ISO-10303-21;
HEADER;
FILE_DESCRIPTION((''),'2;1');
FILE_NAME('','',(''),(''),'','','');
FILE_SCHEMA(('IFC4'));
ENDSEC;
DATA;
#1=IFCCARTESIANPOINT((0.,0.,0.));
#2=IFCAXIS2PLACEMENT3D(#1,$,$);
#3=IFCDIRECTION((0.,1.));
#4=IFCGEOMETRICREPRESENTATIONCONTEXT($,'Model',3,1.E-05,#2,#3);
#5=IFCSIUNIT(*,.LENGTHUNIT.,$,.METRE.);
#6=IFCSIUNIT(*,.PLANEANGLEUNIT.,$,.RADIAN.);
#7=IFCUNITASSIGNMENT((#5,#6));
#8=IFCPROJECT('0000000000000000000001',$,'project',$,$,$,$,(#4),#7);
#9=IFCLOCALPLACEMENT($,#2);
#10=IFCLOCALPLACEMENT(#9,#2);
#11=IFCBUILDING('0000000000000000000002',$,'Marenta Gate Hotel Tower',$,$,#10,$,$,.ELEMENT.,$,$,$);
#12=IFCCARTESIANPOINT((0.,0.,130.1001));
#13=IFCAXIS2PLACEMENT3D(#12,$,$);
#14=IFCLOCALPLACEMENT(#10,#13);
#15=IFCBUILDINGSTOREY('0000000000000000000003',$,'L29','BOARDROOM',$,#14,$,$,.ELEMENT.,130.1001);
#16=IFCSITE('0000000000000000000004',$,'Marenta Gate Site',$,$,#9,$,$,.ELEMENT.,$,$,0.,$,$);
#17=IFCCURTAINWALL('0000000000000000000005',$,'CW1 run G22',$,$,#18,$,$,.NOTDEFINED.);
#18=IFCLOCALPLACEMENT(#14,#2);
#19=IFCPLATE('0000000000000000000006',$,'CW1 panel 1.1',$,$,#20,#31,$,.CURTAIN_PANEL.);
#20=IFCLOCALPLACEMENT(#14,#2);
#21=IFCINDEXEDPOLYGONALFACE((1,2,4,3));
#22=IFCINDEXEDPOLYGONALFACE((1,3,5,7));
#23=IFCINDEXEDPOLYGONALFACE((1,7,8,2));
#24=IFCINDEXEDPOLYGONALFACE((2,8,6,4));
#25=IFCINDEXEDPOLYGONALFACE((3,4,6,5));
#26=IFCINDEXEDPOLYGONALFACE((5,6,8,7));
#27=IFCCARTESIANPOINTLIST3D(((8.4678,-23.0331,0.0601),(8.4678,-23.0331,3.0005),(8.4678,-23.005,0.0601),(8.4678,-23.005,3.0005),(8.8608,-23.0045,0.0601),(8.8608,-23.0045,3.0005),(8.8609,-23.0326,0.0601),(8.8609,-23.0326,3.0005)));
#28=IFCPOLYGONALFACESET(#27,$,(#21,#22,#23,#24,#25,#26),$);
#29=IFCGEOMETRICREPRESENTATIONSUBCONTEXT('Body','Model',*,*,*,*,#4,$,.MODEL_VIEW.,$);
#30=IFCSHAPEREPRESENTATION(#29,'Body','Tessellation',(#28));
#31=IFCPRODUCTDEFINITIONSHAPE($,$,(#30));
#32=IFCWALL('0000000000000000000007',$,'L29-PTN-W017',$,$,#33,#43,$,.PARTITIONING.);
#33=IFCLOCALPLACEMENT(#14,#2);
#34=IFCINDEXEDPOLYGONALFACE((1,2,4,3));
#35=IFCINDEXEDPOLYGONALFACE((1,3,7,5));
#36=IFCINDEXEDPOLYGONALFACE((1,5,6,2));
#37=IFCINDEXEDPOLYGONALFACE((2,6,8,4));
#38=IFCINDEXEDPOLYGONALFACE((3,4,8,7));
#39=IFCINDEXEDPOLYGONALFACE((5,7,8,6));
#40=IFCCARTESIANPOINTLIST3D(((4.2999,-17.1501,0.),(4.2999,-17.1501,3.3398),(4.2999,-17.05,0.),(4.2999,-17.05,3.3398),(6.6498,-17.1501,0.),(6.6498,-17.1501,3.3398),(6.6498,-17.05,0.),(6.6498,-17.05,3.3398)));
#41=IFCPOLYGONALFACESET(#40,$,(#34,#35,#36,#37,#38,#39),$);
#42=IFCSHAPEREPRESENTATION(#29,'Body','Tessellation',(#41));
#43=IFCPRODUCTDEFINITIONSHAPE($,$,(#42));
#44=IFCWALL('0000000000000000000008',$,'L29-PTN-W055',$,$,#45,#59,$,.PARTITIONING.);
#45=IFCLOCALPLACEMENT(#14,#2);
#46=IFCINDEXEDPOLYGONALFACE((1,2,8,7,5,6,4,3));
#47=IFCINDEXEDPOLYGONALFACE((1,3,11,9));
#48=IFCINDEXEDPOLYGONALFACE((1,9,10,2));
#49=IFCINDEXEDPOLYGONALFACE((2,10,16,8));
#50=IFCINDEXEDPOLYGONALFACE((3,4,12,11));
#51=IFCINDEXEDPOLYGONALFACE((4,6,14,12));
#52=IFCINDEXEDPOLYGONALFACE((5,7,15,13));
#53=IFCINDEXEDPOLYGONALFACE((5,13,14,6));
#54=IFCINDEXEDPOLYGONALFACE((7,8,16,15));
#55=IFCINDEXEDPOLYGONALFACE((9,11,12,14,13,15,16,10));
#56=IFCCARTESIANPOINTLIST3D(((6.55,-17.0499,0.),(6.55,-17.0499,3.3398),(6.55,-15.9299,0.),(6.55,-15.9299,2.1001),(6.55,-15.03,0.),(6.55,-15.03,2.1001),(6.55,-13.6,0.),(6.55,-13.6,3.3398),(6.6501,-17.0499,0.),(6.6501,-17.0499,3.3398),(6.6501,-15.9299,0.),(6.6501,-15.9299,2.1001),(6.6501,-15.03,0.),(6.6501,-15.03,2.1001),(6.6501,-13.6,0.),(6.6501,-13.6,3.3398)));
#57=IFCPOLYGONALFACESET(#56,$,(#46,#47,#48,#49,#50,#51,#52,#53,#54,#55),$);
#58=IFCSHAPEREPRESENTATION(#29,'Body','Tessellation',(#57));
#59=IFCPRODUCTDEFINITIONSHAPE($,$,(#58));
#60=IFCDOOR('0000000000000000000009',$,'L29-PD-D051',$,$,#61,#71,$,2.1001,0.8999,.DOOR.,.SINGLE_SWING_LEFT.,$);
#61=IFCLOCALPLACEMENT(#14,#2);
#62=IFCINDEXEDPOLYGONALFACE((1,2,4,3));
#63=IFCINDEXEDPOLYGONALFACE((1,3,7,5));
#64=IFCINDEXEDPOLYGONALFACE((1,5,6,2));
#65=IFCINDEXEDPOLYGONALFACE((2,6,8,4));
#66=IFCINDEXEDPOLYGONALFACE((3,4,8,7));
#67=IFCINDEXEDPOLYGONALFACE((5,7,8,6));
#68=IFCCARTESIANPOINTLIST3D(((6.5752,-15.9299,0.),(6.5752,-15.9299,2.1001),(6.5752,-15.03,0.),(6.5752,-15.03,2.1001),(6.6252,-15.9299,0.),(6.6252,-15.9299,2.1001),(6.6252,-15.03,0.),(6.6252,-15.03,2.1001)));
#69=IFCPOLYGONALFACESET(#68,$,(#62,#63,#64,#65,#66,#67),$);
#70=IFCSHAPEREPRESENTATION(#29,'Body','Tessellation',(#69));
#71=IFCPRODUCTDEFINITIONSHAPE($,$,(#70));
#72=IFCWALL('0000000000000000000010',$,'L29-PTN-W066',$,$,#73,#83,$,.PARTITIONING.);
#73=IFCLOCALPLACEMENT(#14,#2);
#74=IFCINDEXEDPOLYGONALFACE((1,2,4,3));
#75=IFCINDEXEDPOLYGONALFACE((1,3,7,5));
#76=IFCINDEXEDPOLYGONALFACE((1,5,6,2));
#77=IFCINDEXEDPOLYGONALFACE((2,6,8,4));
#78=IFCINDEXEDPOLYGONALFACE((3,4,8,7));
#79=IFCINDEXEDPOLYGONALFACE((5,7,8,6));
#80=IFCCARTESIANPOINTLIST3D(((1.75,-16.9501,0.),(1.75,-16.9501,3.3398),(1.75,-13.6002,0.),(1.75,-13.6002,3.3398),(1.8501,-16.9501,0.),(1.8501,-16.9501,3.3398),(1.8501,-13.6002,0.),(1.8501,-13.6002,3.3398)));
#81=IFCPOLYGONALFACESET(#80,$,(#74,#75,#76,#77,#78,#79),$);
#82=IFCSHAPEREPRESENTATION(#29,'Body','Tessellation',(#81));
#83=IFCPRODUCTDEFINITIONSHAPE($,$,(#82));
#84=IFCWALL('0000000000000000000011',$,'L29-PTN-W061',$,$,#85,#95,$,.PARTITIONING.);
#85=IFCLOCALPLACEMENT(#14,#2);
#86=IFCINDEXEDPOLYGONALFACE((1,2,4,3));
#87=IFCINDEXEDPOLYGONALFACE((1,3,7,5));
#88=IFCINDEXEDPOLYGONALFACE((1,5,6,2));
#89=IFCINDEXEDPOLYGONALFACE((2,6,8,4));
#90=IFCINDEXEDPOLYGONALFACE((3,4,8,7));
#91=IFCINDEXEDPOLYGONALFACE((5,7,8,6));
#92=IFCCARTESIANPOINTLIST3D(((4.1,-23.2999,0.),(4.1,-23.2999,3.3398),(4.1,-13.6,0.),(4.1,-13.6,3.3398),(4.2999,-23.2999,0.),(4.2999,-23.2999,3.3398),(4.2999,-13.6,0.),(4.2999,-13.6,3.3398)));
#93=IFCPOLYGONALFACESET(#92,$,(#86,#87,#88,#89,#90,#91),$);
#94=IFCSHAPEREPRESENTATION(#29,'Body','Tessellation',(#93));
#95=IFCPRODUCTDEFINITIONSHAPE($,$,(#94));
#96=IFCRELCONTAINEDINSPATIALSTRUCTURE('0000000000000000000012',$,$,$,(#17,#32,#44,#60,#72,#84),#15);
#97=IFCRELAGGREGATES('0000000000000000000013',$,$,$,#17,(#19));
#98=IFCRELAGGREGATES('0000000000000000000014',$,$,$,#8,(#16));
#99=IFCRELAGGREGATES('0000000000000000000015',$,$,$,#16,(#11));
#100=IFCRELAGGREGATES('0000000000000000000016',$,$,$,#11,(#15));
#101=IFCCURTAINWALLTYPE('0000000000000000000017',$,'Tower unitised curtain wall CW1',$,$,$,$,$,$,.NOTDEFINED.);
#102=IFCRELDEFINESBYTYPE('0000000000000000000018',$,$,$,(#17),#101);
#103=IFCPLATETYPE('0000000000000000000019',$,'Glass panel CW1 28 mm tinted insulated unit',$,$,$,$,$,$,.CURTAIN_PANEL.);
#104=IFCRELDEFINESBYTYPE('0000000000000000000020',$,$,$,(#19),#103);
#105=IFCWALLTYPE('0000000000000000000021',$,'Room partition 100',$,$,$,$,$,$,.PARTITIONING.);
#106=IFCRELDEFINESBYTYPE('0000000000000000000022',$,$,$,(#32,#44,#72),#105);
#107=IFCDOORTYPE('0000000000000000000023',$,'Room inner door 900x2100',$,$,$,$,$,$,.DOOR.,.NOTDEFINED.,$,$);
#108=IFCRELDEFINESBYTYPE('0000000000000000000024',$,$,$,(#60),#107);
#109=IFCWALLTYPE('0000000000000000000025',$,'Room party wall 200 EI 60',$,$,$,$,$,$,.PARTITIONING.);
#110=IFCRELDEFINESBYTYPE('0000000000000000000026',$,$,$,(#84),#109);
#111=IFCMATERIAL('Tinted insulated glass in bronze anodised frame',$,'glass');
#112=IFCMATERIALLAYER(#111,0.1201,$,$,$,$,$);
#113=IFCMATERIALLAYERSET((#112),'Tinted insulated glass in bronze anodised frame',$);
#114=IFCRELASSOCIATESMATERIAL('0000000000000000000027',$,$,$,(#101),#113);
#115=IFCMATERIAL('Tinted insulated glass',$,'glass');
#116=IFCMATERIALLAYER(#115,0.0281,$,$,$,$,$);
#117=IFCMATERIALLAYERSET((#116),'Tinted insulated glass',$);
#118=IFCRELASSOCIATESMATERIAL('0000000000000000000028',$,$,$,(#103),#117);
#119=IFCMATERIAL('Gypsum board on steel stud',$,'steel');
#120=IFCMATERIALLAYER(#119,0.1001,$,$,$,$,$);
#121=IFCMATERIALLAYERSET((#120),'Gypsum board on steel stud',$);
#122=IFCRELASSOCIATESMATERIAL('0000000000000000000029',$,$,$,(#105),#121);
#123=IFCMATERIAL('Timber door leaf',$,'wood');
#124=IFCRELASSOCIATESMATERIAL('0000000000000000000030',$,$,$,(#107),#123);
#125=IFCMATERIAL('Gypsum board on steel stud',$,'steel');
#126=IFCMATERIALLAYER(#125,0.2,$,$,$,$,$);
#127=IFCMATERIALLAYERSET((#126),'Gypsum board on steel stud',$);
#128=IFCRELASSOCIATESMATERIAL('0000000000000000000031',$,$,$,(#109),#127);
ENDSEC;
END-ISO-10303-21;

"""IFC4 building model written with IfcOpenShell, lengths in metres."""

from ifc_helpers import new_model, si_unit, direction, frame, frame_2d, origin, origin_2d, place, context, subcontext, project, spatial, rectangle, extrude, material, layer, layer_set, type_object, element, fill, aggregate, save


model = new_model("IFC4")

# Units and contexts
model_context = context("Model", 3, precision=1e-05, world=origin(), true_north=direction((0.0, 1.0)))
body_context = subcontext(model_context, "Body", "Model", "MODEL_VIEW")
ifc_project = project(units=[si_unit("LENGTHUNIT", "METRE"), si_unit("PLANEANGLEUNIT", "RADIAN")], contexts=[model_context])

# Site, building, storey
site_placement = place(None, origin())
site = spatial("IfcSite", under=ifc_project, at=site_placement, Name="Marenta Gate Site", CompositionType="ELEMENT", RefElevation=0.0)
building_placement = place(site_placement, origin())
building = spatial("IfcBuilding", under=site, at=building_placement, Name="Marenta Gate Hotel Tower", CompositionType="ELEMENT")
storey_placement = place(building_placement, frame((0.0, 0.0, 130.1001)))
storey = spatial("IfcBuildingStorey", under=building, at=storey_placement, Name="L29", Description="BOARDROOM", CompositionType="ELEMENT", Elevation=130.1001)

# Curtain wall
ifc_material_1 = material(Name="Tinted insulated glass in bronze anodised frame", Category="glass")
ifc_layer_1 = layer(ifc_material_1, 0.1201)
ifc_layer_set_1 = layer_set([ifc_layer_1], Name="Tinted insulated glass in bronze anodised frame")
curtain_wall_type = type_object("IfcCurtainWallType", Name="Tower unitised curtain wall CW1", PredefinedType="NOTDEFINED", material=ifc_layer_set_1)
curtain_wall_1_placement = place(storey_placement, origin())
curtain_wall_1 = element("IfcCurtainWall", 1, at=curtain_wall_1_placement, inside=storey, type_object=curtain_wall_type, Name="CW1 run G22", PredefinedType="NOTDEFINED")

# Plate
ifc_material_2 = material(Name="Tinted insulated glass", Category="glass")
ifc_layer_2 = layer(ifc_material_2, 0.0281)
ifc_layer_set_2 = layer_set([ifc_layer_2], Name="Tinted insulated glass")
plate_type = type_object("IfcPlateType", Name="Glass panel CW1 28 mm tinted insulated unit", PredefinedType="CURTAIN_PANEL", material=ifc_layer_set_2)
plate_1_placement = place(storey_placement, frame((8.6643, -23.0188, 0.0601), z_axis=(0.0, 0.0, 1.0), x_axis=(0.999999, 0.001325, 0.0)))
plate_1 = element("IfcPlate", 2, at=plate_1_placement, type_object=plate_type, Name="CW1 panel 1.1", PredefinedType="CURTAIN_PANEL", context=body_context, shape_type="SweptSolid", body=[
    extrude(rectangle(XDim=0.3931, YDim=0.0281, at=origin_2d()), origin(), (0.0, 0.0, 1.0), 2.9404),
])
aggregate(curtain_wall_1, [plate_1])

# Wall
ifc_material_3 = material(Name="Gypsum board on steel stud", Category="steel")
ifc_layer_3 = layer(ifc_material_3, 0.1001)
ifc_layer_set_3 = layer_set([ifc_layer_3], Name="Gypsum board on steel stud")
wall_type_1 = type_object("IfcWallType", Name="Room partition 100", PredefinedType="PARTITIONING", material=ifc_layer_set_3)
wall_1_placement = place(storey_placement, frame((4.3, -17.1001, 0.0), z_axis=(0.0, 0.0, 1.0), x_axis=(1.0, 0.0, 0.0)))
element("IfcWall", 3, at=wall_1_placement, inside=storey, type_object=wall_type_1, Name="L29-PTN-W017", PredefinedType="PARTITIONING", context=body_context, shape_type="SweptSolid", body=[
    extrude(rectangle(XDim=2.3499, YDim=0.1001, at=frame_2d((1.1748, 0.0))), origin(), (0.0, 0.0, 1.0), 3.3398),
])

# Wall, opening, door
wall_2_placement = place(storey_placement, frame((6.6001, -17.05, 0.0), z_axis=(0.0, 0.0, 1.0), x_axis=(0.0, 1.0, 0.0)))
wall_2 = element("IfcWall", 4, at=wall_2_placement, inside=storey, type_object=wall_type_1, Name="L29-PTN-W055", PredefinedType="PARTITIONING", context=body_context, shape_type="SweptSolid", body=[
    extrude(rectangle(XDim=3.45, YDim=0.1001, at=frame_2d((1.7251, 0.0))), origin(), (0.0, 0.0, 1.0), 3.3398),
])
opening_placement = place(wall_2_placement, frame((1.1201, 0.0, 0.0)))
opening = element("IfcOpeningElement", 5, at=opening_placement, cuts=wall_2, PredefinedType="OPENING", context=body_context, shape_type="SweptSolid", body=[
    extrude(rectangle(XDim=0.8999, YDim=2.1001, at=frame_2d((0.45, 1.05))), frame((0.0, 0.05, 0.0), z_axis=(0.0, -1.0, 0.0), x_axis=(1.0, 0.0, 0.0)), (0.0, 0.0, 1.0), 0.1001),
])
ifc_material_4 = material(Name="Timber door leaf", Category="wood")
door_type = type_object("IfcDoorType", Name="Room inner door 900x2100", OperationType="NOTDEFINED", PredefinedType="DOOR", material=ifc_material_4)
door_placement = place(opening_placement, origin())
door = element("IfcDoor", 6, at=door_placement, inside=storey, type_object=door_type, Name="L29-PD-D051", OperationType="SINGLE_SWING_LEFT", OverallHeight=2.1001, OverallWidth=0.8999, PredefinedType="DOOR", context=body_context, shape_type="SweptSolid", body=[
    extrude(rectangle(XDim=0.8999, YDim=2.1001, at=frame_2d((0.45, 1.05))), frame((0.0, 0.0249, 0.0), z_axis=(0.0, -1.0, 0.0), x_axis=(1.0, 0.0, 0.0)), (0.0, 0.0, 1.0), 0.05),
])
fill(opening, door)

# Walls
wall_3_placement = place(storey_placement, frame((1.8, -16.95, 0.0), z_axis=(0.0, 0.0, 1.0), x_axis=(0.0, 1.0, 0.0)))
element("IfcWall", 7, at=wall_3_placement, inside=storey, type_object=wall_type_1, Name="L29-PTN-W066", PredefinedType="PARTITIONING", context=body_context, shape_type="SweptSolid", body=[
    extrude(rectangle(XDim=3.3499, YDim=0.1001, at=frame_2d((1.6748, 0.0))), origin(), (0.0, 0.0, 1.0), 3.3398),
])
ifc_material_5 = material(Name="Gypsum board on steel stud", Category="steel")
ifc_layer_4 = layer(ifc_material_5, 0.2)
ifc_layer_set_4 = layer_set([ifc_layer_4], Name="Gypsum board on steel stud")
wall_type_2 = type_object("IfcWallType", Name="Room party wall 200 EI 60", PredefinedType="PARTITIONING", material=ifc_layer_set_4)
wall_4_placement = place(storey_placement, frame((4.2, -23.3, 0.0), z_axis=(0.0, 0.0, 1.0), x_axis=(0.0, 1.0, 0.0)))
element("IfcWall", 8, at=wall_4_placement, inside=storey, type_object=wall_type_2, Name="L29-PTN-W061", PredefinedType="PARTITIONING", context=body_context, shape_type="SweptSolid", body=[
    extrude(rectangle(XDim=9.7, YDim=0.2, at=frame_2d((4.8501, 0.0))), origin(), (0.0, 0.0, 1.0), 3.3398),
])

save(model, "model.ifc")
